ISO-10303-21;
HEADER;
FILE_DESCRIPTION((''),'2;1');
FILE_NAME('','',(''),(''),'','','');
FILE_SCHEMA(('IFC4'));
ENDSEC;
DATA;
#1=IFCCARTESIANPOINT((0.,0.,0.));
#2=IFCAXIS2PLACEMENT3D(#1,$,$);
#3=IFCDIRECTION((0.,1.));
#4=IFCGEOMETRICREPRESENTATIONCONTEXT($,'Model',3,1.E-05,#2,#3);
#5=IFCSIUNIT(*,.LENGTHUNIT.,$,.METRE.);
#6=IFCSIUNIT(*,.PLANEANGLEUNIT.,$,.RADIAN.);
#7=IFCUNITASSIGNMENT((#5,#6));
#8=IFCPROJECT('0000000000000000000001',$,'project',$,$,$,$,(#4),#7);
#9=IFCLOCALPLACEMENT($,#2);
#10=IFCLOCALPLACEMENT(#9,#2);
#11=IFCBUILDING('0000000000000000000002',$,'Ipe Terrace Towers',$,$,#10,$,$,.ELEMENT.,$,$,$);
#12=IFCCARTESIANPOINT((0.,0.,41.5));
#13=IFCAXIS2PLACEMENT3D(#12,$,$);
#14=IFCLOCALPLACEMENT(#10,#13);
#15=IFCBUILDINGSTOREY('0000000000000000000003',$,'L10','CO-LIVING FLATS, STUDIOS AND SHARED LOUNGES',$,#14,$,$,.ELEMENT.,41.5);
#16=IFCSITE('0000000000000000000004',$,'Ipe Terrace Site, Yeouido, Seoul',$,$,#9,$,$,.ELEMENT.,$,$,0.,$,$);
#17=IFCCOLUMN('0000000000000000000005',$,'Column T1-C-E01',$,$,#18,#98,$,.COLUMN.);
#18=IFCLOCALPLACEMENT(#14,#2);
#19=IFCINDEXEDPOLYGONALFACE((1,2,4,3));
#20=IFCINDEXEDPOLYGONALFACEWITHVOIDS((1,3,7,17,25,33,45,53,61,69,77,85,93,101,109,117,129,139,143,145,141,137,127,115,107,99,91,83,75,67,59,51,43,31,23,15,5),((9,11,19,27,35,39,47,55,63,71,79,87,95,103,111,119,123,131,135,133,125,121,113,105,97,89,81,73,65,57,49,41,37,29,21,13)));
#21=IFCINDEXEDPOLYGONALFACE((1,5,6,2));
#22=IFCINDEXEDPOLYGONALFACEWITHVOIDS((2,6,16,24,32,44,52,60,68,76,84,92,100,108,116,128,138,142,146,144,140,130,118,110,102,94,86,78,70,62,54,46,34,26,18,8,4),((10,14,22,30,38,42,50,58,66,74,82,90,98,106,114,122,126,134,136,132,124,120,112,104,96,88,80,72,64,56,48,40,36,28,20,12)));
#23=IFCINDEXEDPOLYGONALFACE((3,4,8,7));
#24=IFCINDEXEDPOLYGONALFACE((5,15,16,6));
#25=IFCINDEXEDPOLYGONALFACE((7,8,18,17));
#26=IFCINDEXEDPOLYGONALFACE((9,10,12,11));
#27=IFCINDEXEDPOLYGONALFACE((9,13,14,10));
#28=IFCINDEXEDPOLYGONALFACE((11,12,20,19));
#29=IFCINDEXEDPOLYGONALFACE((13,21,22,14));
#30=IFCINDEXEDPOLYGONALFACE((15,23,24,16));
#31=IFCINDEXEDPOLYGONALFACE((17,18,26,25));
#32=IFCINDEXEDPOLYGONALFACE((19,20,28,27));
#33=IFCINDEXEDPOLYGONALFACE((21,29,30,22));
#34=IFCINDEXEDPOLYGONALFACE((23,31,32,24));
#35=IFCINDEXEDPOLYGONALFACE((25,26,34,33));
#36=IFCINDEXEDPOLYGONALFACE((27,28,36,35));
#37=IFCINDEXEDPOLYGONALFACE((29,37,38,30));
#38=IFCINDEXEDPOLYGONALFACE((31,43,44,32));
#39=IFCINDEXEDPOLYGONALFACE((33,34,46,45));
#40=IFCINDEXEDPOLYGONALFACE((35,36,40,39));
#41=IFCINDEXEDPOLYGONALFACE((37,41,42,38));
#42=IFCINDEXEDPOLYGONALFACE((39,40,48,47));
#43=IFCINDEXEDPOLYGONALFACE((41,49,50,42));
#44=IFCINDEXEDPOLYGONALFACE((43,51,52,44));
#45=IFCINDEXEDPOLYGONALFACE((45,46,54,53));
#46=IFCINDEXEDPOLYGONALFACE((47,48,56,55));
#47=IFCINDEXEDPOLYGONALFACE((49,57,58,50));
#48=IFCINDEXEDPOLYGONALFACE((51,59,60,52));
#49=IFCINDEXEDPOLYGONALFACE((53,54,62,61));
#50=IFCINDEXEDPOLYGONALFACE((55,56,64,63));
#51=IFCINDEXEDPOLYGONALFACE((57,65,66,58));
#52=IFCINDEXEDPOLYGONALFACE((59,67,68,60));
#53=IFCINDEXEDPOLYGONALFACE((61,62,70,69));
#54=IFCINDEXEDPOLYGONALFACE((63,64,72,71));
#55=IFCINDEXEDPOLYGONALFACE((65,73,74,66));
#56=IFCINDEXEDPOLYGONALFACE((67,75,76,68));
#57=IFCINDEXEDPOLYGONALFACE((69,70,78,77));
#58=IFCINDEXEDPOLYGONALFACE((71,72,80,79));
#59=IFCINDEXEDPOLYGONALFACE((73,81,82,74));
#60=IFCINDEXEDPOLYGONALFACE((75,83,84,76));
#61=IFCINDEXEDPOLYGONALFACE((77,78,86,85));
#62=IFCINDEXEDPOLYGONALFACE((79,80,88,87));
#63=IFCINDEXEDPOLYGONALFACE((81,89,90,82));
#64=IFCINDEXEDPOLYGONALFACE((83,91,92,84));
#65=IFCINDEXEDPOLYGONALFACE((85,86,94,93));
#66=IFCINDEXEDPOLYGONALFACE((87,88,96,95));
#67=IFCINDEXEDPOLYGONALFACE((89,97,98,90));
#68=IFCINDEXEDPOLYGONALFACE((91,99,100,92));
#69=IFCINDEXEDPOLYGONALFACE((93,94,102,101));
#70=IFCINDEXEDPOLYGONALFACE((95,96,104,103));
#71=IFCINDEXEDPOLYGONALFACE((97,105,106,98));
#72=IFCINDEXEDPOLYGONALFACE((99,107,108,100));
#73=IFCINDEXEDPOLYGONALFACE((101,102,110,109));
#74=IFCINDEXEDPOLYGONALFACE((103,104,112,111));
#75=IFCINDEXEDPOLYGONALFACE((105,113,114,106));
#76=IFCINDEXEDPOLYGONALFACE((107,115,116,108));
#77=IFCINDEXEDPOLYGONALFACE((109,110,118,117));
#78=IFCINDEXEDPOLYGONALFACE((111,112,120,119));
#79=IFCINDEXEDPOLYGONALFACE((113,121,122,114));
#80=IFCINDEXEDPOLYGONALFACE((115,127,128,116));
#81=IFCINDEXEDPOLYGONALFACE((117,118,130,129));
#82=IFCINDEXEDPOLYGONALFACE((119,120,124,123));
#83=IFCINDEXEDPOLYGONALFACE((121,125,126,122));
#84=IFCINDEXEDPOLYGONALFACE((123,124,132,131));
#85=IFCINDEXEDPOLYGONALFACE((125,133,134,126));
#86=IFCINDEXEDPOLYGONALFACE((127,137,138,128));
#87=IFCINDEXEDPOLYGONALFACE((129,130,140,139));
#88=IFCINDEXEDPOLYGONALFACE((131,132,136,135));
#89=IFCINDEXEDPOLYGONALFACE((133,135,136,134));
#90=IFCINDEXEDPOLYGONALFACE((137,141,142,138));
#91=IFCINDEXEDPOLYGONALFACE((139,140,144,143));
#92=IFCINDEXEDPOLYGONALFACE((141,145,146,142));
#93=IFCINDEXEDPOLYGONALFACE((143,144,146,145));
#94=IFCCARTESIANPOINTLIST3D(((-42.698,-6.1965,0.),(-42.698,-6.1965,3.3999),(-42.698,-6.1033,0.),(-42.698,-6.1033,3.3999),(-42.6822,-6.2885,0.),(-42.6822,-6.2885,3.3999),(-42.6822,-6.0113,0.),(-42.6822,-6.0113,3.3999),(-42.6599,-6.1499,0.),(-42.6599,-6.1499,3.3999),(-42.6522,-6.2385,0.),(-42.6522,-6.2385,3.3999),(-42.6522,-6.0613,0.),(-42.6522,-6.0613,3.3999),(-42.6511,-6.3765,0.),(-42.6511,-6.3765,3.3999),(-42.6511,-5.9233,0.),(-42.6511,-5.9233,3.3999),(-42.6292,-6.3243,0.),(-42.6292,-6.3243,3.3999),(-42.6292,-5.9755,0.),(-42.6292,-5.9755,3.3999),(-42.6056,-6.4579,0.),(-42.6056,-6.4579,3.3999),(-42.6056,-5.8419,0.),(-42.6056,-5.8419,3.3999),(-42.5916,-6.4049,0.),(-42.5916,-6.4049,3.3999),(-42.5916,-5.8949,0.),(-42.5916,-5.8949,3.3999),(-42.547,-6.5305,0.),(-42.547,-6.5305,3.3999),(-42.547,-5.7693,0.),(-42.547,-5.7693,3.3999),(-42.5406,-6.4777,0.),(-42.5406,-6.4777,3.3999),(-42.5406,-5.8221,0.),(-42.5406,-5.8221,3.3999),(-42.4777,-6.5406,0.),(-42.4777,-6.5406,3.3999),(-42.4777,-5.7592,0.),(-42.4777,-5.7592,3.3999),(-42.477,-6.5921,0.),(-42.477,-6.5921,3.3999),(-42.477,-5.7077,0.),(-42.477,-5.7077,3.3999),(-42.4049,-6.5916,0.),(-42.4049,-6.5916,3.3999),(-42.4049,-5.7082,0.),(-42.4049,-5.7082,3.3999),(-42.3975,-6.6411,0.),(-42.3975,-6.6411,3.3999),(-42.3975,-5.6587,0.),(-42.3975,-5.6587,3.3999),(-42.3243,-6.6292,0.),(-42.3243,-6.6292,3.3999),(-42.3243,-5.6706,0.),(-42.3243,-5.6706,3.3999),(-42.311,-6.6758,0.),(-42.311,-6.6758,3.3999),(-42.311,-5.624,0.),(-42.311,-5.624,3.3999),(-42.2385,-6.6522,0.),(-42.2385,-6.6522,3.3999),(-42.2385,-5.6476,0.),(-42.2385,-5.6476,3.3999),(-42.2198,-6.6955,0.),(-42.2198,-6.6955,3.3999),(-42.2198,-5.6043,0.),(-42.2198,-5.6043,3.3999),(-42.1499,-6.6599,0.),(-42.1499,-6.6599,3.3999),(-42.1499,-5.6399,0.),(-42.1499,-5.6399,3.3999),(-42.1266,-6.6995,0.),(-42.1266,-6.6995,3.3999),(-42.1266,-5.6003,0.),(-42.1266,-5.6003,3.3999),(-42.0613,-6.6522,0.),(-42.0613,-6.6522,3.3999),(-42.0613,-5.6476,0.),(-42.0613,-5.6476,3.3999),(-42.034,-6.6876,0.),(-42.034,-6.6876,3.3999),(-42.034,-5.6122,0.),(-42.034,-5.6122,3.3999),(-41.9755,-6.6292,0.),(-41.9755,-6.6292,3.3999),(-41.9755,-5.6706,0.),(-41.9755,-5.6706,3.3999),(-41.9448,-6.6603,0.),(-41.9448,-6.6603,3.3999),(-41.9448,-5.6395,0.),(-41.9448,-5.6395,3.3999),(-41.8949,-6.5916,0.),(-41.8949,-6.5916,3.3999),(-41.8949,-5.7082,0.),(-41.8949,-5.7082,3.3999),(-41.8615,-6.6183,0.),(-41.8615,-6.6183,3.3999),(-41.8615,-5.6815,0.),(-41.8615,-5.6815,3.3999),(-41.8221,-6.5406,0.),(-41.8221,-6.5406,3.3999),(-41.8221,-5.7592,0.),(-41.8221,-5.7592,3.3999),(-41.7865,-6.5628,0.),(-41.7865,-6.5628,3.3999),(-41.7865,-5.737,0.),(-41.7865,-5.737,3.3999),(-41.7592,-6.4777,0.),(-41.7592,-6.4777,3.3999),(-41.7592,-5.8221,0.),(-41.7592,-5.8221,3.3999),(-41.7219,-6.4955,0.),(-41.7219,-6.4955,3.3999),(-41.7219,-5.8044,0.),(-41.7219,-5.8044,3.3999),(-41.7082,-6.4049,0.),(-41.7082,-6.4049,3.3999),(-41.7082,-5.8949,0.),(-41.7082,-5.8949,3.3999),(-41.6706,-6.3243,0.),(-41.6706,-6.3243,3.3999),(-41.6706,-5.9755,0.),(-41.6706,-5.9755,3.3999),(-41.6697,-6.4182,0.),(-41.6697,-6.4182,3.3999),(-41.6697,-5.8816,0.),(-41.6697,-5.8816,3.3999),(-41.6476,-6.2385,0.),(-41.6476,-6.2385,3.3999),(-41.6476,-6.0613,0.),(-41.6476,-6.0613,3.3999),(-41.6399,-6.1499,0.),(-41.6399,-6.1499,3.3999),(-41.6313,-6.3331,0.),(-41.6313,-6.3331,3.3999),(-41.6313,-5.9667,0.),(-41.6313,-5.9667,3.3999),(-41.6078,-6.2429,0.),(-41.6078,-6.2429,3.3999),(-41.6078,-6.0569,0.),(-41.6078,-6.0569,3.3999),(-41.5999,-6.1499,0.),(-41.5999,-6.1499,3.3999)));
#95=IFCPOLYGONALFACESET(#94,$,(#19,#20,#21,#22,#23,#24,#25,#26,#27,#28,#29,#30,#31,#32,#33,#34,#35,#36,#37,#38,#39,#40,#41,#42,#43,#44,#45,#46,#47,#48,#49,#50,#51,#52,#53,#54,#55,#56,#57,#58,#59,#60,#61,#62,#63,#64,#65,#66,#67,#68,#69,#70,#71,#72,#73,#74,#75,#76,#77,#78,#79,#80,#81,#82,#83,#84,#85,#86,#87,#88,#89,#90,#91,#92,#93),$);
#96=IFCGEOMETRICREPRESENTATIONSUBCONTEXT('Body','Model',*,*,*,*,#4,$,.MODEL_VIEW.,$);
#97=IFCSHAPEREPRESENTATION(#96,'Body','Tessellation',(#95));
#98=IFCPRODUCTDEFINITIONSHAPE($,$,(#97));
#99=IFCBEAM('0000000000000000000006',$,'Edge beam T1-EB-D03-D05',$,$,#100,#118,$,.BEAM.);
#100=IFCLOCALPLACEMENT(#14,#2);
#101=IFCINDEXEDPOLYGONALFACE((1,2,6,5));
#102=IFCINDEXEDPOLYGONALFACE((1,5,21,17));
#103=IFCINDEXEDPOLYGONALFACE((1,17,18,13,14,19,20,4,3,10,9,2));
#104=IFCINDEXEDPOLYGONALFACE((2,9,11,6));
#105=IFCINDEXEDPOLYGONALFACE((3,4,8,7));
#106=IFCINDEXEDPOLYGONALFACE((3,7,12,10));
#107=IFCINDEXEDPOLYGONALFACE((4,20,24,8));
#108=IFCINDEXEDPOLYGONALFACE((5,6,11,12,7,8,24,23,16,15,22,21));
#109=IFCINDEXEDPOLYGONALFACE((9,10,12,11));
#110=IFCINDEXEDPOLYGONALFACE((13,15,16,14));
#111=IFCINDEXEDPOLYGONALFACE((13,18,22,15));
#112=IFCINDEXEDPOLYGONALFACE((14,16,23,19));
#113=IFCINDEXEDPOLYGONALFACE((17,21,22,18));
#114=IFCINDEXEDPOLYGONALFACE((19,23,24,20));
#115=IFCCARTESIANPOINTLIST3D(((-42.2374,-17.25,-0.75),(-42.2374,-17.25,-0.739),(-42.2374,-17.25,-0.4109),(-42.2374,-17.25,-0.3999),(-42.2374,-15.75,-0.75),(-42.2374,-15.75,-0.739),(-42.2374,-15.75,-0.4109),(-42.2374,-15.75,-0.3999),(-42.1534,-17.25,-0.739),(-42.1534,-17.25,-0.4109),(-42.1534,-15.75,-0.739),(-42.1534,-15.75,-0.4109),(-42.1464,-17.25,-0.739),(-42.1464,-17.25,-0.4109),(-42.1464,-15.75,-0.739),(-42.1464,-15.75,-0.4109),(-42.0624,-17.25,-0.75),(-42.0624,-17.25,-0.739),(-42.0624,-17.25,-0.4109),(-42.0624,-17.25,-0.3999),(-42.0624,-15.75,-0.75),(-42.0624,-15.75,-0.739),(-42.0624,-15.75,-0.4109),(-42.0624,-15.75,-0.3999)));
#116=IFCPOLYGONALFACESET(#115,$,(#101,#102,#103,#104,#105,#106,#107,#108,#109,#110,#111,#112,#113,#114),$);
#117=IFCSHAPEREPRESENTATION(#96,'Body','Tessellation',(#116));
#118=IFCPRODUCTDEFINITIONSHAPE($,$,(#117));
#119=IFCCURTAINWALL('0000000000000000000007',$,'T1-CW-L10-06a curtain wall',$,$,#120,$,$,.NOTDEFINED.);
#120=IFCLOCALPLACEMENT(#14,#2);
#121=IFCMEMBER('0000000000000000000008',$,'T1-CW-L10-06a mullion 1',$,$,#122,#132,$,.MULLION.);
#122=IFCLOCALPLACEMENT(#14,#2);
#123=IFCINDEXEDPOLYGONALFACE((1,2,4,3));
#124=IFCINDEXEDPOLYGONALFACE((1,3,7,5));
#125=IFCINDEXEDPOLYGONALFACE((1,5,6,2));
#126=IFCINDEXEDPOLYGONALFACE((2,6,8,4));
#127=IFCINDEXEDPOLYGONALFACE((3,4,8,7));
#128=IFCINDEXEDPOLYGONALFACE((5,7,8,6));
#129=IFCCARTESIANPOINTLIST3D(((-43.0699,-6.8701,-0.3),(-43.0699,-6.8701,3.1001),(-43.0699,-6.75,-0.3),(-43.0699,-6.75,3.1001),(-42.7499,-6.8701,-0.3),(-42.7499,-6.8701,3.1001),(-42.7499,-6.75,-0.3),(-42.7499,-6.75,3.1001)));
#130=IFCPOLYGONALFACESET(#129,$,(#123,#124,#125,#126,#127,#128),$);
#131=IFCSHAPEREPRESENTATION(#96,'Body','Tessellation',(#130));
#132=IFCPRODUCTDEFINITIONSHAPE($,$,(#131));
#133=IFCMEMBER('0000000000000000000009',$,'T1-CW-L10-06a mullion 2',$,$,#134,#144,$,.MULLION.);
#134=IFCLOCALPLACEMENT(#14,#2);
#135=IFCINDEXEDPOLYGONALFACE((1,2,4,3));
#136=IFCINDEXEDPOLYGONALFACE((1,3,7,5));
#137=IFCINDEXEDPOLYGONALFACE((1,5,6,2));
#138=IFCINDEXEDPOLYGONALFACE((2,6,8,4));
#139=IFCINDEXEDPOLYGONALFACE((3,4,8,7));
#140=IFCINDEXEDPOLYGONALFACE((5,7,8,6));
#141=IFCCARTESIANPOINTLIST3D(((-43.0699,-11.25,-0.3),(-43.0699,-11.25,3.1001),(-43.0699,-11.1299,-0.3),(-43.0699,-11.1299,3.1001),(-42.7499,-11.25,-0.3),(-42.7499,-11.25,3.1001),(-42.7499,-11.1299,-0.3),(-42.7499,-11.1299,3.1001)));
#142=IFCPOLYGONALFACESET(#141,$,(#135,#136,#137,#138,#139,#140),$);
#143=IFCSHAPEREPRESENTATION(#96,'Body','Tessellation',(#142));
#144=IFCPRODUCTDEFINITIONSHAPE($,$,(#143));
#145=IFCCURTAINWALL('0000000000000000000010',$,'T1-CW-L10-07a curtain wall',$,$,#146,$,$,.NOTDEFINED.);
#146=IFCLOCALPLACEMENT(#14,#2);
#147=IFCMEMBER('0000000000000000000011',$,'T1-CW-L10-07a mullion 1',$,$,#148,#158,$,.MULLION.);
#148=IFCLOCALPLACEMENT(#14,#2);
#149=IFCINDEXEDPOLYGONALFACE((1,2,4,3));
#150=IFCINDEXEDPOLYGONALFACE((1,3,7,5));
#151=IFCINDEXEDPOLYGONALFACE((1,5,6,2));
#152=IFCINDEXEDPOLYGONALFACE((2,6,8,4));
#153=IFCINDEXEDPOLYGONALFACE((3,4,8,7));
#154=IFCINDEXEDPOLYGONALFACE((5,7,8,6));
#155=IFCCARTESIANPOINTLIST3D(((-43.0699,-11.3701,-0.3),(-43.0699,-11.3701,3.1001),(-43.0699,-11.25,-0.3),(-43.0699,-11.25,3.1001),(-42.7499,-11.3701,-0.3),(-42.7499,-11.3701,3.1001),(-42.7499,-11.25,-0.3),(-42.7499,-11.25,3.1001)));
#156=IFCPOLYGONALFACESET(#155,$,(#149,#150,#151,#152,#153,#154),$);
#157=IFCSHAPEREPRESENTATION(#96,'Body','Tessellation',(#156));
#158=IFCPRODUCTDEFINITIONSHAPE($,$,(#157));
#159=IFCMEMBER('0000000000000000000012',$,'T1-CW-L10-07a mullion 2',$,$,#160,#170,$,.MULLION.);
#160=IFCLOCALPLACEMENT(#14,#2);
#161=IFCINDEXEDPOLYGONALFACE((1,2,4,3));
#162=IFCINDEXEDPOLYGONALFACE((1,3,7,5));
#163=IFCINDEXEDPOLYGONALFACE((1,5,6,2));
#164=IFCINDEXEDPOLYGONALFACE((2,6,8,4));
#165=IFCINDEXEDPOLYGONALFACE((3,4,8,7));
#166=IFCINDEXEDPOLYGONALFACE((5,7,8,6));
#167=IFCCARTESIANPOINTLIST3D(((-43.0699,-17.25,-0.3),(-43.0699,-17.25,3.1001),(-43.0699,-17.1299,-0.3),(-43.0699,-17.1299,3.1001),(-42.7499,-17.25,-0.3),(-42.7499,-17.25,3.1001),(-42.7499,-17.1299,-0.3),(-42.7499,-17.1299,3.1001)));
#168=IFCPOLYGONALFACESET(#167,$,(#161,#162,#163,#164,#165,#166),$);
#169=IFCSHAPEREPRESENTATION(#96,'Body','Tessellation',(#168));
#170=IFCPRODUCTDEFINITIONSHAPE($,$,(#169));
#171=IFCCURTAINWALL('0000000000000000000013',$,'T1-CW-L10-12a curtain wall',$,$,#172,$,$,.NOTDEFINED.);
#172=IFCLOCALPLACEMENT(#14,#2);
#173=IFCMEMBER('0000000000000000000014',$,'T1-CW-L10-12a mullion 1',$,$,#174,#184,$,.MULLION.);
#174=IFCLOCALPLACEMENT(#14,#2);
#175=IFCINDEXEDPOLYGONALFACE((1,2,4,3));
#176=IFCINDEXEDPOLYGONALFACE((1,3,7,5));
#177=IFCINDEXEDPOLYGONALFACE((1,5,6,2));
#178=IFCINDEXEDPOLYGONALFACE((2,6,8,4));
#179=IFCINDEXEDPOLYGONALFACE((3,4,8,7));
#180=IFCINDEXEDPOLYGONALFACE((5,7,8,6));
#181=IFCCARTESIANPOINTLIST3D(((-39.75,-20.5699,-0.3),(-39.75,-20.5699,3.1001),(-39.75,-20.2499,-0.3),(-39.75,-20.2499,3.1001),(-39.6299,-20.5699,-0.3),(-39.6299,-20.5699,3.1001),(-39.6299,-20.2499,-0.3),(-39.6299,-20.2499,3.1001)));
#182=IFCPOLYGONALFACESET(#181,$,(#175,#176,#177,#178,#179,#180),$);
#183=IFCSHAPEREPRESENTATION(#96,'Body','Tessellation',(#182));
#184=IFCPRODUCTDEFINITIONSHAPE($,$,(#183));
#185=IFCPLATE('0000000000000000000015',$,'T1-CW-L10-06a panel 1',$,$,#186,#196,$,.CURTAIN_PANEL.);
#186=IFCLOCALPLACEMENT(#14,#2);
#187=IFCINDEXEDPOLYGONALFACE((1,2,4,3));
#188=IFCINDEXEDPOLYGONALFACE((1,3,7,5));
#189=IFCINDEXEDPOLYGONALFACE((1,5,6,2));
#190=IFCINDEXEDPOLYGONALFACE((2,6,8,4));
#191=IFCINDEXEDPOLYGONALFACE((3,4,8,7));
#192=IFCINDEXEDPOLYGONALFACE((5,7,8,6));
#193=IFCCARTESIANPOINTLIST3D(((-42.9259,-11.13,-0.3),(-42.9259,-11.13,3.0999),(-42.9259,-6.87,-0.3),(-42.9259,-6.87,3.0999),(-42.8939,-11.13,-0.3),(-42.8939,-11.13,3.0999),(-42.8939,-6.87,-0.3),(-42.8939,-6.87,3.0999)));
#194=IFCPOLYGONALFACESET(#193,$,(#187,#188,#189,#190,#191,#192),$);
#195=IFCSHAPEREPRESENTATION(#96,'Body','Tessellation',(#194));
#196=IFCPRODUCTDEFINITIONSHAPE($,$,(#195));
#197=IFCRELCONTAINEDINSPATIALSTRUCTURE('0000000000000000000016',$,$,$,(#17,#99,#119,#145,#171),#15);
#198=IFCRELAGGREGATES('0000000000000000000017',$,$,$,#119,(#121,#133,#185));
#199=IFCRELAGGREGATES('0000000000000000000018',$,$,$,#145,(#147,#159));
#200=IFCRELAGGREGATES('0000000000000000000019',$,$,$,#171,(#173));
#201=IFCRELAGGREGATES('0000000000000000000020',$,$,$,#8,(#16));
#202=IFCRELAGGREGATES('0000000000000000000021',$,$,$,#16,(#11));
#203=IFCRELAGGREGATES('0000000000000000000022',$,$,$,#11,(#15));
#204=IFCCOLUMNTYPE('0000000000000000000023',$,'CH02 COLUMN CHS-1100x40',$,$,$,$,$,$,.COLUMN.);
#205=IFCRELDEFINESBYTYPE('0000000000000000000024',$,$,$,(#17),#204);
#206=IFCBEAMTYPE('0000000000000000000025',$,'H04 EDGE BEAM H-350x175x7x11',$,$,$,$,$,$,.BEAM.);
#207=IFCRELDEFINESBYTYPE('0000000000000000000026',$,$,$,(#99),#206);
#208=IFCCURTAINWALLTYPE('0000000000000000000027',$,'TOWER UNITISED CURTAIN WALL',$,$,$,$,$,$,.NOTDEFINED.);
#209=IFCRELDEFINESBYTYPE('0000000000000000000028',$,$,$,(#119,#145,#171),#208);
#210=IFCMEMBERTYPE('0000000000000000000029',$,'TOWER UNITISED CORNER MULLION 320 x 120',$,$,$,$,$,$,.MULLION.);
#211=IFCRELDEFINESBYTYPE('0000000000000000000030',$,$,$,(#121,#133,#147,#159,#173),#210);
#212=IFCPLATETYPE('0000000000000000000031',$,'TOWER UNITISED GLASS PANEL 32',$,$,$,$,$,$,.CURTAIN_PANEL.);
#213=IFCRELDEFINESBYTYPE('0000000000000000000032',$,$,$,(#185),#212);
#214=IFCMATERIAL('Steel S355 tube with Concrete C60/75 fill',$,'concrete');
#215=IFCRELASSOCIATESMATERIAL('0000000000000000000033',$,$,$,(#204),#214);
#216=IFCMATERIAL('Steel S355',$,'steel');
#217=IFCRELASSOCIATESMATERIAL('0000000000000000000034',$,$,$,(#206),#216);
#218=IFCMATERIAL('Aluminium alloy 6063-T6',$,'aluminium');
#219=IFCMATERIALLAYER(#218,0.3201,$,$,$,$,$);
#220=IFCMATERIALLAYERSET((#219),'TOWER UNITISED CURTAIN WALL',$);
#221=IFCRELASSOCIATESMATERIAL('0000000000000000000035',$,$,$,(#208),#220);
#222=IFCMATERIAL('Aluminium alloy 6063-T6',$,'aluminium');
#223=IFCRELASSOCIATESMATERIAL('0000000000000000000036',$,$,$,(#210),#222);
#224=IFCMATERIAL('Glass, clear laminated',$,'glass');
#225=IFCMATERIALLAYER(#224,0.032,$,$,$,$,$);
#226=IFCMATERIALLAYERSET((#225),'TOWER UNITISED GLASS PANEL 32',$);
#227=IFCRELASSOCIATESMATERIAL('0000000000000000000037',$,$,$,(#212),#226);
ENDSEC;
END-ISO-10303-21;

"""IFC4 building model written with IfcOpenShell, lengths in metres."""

from ifc_helpers import new_model, si_unit, direction, frame, origin, origin_2d, place, context, subcontext, project, spatial, rectangle, hollow_circle, i_section, extrude, material, layer, layer_set, material_profile, profile_set, type_object, element, aggregate, save


model = new_model("IFC4")

# Units and contexts
model_context = context("Model", 3, precision=1e-05, world=origin(), true_north=direction((0.0, 1.0)))
body_context = subcontext(model_context, "Body", "Model", "MODEL_VIEW")
ifc_project = project(units=[si_unit("LENGTHUNIT", "METRE"), si_unit("PLANEANGLEUNIT", "RADIAN")], contexts=[model_context])

# Site, building, storey
site_placement = place(None, origin())
site = spatial("IfcSite", under=ifc_project, at=site_placement, Name="Ipe Terrace Site, Yeouido, Seoul", CompositionType="ELEMENT", RefElevation=0.0)
building_placement = place(site_placement, origin())
building = spatial("IfcBuilding", under=site, at=building_placement, Name="Ipe Terrace Towers", CompositionType="ELEMENT")
storey_placement = place(building_placement, frame((0.0, 0.0, 41.5)))
storey = spatial("IfcBuildingStorey", under=building, at=storey_placement, Name="L10", Description="CO-LIVING FLATS, STUDIOS AND SHARED LOUNGES", CompositionType="ELEMENT", Elevation=41.5)

# Column
ifc_material_1 = material(Name="Steel S355 tube with Concrete C60/75 fill", Category="concrete")
ifc_material_profile_1 = material_profile(ifc_material_1, hollow_circle(Radius=0.55, WallThickness=0.04, at=origin_2d()), Name="CHS-1100x40")
ifc_profile_set_1 = profile_set([ifc_material_profile_1], Name="Steel S355 tube with Concrete C60/75 fill")
column_type_1 = type_object("IfcColumnType", Name="CH02 COLUMN CHS-1100x40", PredefinedType="COLUMN", material=ifc_profile_set_1)
column_placement = place(storey_placement, frame((-42.1499, -6.1499, 0.0), z_axis=(0.0, 0.0, 1.0), x_axis=(1.0, 0.0, 0.0)))
element("IfcColumn", 1, at=column_placement, inside=storey, type_object=column_type_1, Name="Column T1-C-E01", PredefinedType="COLUMN", context=body_context, shape_type="SweptSolid", body=[
    extrude(hollow_circle(Radius=0.55, WallThickness=0.04, at=origin_2d()), origin(), (0.0, 0.0, 1.0), 3.3999),
])

# Beam
ifc_material_2 = material(Name="Steel S355", Category="steel")
ifc_material_profile_2 = material_profile(ifc_material_2, i_section(OverallWidth=0.175, OverallDepth=0.3501, WebThickness=0.0071, FlangeThickness=0.011, at=origin_2d()), Name="H-350x175x7x11")
ifc_profile_set_2 = profile_set([ifc_material_profile_2], Name="Steel S355")
beam_type = type_object("IfcBeamType", Name="H04 EDGE BEAM H-350x175x7x11", PredefinedType="BEAM", material=ifc_profile_set_2)
beam_placement = place(storey_placement, frame((-42.1499, -15.75, -0.575), z_axis=(0.0, -1.0, 0.0), x_axis=(1.0, 0.0, 0.0)))
element("IfcBeam", 2, at=beam_placement, inside=storey, type_object=beam_type, Name="Edge beam T1-EB-D03-D05", PredefinedType="BEAM", context=body_context, shape_type="SweptSolid", body=[
    extrude(i_section(OverallWidth=0.175, OverallDepth=0.3501, WebThickness=0.0071, FlangeThickness=0.011, at=origin_2d()), origin(), (0.0, 0.0, 1.0), 1.5),
])

# Curtain walls, members
ifc_material_3 = material(Name="Aluminium alloy 6063-T6", Category="aluminium")
ifc_layer_1 = layer(ifc_material_3, 0.3201)
ifc_layer_set_1 = layer_set([ifc_layer_1], Name="TOWER UNITISED CURTAIN WALL")
curtain_wall_type = type_object("IfcCurtainWallType", Name="TOWER UNITISED CURTAIN WALL", PredefinedType="NOTDEFINED", material=ifc_layer_set_1)
curtain_wall_1_placement = place(storey_placement, origin())
curtain_wall_1 = element("IfcCurtainWall", 3, at=curtain_wall_1_placement, inside=storey, type_object=curtain_wall_type, Name="T1-CW-L10-06a curtain wall", PredefinedType="NOTDEFINED")
ifc_material_4 = material(Name="Aluminium alloy 6063-T6", Category="aluminium")
ifc_material_profile_3 = material_profile(ifc_material_4, rectangle(XDim=0.3201, YDim=0.1201, at=origin_2d()), Name="TOWER UNITISED CORNER MULLION 320 x 120")
ifc_profile_set_3 = profile_set([ifc_material_profile_3], Name="Aluminium alloy 6063-T6")
member_type = type_object("IfcMemberType", Name="TOWER UNITISED CORNER MULLION 320 x 120", PredefinedType="MULLION", material=ifc_profile_set_3)
member_1_placement = place(storey_placement, frame((-42.9099, -6.8101, -0.3), z_axis=(0.0, 0.0, 1.0), x_axis=(-1.0, 0.0, 0.0)))
member_1 = element("IfcMember", 4, at=member_1_placement, type_object=member_type, Name="T1-CW-L10-06a mullion 1", PredefinedType="MULLION", context=body_context, shape_type="SweptSolid", body=[
    extrude(rectangle(XDim=0.3201, YDim=0.1201, at=origin_2d()), origin(), (0.0, 0.0, 1.0), 3.4001),
])
member_2_placement = place(storey_placement, frame((-42.9099, -11.1899, -0.3), z_axis=(0.0, 0.0, 1.0), x_axis=(-1.0, 0.0, 0.0)))
member_2 = element("IfcMember", 5, at=member_2_placement, type_object=member_type, Name="T1-CW-L10-06a mullion 2", PredefinedType="MULLION", context=body_context, shape_type="SweptSolid", body=[
    extrude(rectangle(XDim=0.3201, YDim=0.1201, at=origin_2d()), origin(), (0.0, 0.0, 1.0), 3.4001),
])
curtain_wall_2_placement = place(storey_placement, origin())
curtain_wall_2 = element("IfcCurtainWall", 6, at=curtain_wall_2_placement, inside=storey, type_object=curtain_wall_type, Name="T1-CW-L10-07a curtain wall", PredefinedType="NOTDEFINED")
member_3_placement = place(storey_placement, frame((-42.9099, -11.3101, -0.3), z_axis=(0.0, 0.0, 1.0), x_axis=(-1.0, 0.0, 0.0)))
member_3 = element("IfcMember", 7, at=member_3_placement, type_object=member_type, Name="T1-CW-L10-07a mullion 1", PredefinedType="MULLION", context=body_context, shape_type="SweptSolid", body=[
    extrude(rectangle(XDim=0.3201, YDim=0.1201, at=origin_2d()), origin(), (0.0, 0.0, 1.0), 3.4001),
])
member_4_placement = place(storey_placement, frame((-42.9099, -17.1899, -0.3), z_axis=(0.0, 0.0, 1.0), x_axis=(-1.0, 0.0, 0.0)))
member_4 = element("IfcMember", 8, at=member_4_placement, type_object=member_type, Name="T1-CW-L10-07a mullion 2", PredefinedType="MULLION", context=body_context, shape_type="SweptSolid", body=[
    extrude(rectangle(XDim=0.3201, YDim=0.1201, at=origin_2d()), origin(), (0.0, 0.0, 1.0), 3.4001),
])

# Curtain wall, member
curtain_wall_3_placement = place(storey_placement, origin())
curtain_wall_3 = element("IfcCurtainWall", 9, at=curtain_wall_3_placement, inside=storey, type_object=curtain_wall_type, Name="T1-CW-L10-12a curtain wall", PredefinedType="NOTDEFINED")
member_5_placement = place(storey_placement, frame((-39.6899, -20.4099, -0.3), z_axis=(0.0, 0.0, 1.0), x_axis=(0.0, -1.0, 0.0)))
member_5 = element("IfcMember", 10, at=member_5_placement, type_object=member_type, Name="T1-CW-L10-12a mullion 1", PredefinedType="MULLION", context=body_context, shape_type="SweptSolid", body=[
    extrude(rectangle(XDim=0.3201, YDim=0.1201, at=origin_2d()), origin(), (0.0, 0.0, 1.0), 3.4001),
])

# Plate
ifc_material_5 = material(Name="Glass, clear laminated", Category="glass")
ifc_layer_2 = layer(ifc_material_5, 0.032)
ifc_layer_set_2 = layer_set([ifc_layer_2], Name="TOWER UNITISED GLASS PANEL 32")
plate_type = type_object("IfcPlateType", Name="TOWER UNITISED GLASS PANEL 32", PredefinedType="CURTAIN_PANEL", material=ifc_layer_set_2)
plate_1_placement = place(storey_placement, frame((-42.9099, -9.0, -0.3), z_axis=(0.0, 0.0, 1.0), x_axis=(0.0, -1.0, 0.0)))
plate_1 = element("IfcPlate", 11, at=plate_1_placement, type_object=plate_type, Name="T1-CW-L10-06a panel 1", PredefinedType="CURTAIN_PANEL", context=body_context, shape_type="SweptSolid", body=[
    extrude(rectangle(XDim=4.26, YDim=0.032, at=origin_2d()), origin(), (0.0, 0.0, 1.0), 3.3999),
])
aggregate(curtain_wall_1, [member_1, member_2, plate_1])
aggregate(curtain_wall_2, [member_3, member_4])
aggregate(curtain_wall_3, [member_5])

save(model, "model.ifc")
